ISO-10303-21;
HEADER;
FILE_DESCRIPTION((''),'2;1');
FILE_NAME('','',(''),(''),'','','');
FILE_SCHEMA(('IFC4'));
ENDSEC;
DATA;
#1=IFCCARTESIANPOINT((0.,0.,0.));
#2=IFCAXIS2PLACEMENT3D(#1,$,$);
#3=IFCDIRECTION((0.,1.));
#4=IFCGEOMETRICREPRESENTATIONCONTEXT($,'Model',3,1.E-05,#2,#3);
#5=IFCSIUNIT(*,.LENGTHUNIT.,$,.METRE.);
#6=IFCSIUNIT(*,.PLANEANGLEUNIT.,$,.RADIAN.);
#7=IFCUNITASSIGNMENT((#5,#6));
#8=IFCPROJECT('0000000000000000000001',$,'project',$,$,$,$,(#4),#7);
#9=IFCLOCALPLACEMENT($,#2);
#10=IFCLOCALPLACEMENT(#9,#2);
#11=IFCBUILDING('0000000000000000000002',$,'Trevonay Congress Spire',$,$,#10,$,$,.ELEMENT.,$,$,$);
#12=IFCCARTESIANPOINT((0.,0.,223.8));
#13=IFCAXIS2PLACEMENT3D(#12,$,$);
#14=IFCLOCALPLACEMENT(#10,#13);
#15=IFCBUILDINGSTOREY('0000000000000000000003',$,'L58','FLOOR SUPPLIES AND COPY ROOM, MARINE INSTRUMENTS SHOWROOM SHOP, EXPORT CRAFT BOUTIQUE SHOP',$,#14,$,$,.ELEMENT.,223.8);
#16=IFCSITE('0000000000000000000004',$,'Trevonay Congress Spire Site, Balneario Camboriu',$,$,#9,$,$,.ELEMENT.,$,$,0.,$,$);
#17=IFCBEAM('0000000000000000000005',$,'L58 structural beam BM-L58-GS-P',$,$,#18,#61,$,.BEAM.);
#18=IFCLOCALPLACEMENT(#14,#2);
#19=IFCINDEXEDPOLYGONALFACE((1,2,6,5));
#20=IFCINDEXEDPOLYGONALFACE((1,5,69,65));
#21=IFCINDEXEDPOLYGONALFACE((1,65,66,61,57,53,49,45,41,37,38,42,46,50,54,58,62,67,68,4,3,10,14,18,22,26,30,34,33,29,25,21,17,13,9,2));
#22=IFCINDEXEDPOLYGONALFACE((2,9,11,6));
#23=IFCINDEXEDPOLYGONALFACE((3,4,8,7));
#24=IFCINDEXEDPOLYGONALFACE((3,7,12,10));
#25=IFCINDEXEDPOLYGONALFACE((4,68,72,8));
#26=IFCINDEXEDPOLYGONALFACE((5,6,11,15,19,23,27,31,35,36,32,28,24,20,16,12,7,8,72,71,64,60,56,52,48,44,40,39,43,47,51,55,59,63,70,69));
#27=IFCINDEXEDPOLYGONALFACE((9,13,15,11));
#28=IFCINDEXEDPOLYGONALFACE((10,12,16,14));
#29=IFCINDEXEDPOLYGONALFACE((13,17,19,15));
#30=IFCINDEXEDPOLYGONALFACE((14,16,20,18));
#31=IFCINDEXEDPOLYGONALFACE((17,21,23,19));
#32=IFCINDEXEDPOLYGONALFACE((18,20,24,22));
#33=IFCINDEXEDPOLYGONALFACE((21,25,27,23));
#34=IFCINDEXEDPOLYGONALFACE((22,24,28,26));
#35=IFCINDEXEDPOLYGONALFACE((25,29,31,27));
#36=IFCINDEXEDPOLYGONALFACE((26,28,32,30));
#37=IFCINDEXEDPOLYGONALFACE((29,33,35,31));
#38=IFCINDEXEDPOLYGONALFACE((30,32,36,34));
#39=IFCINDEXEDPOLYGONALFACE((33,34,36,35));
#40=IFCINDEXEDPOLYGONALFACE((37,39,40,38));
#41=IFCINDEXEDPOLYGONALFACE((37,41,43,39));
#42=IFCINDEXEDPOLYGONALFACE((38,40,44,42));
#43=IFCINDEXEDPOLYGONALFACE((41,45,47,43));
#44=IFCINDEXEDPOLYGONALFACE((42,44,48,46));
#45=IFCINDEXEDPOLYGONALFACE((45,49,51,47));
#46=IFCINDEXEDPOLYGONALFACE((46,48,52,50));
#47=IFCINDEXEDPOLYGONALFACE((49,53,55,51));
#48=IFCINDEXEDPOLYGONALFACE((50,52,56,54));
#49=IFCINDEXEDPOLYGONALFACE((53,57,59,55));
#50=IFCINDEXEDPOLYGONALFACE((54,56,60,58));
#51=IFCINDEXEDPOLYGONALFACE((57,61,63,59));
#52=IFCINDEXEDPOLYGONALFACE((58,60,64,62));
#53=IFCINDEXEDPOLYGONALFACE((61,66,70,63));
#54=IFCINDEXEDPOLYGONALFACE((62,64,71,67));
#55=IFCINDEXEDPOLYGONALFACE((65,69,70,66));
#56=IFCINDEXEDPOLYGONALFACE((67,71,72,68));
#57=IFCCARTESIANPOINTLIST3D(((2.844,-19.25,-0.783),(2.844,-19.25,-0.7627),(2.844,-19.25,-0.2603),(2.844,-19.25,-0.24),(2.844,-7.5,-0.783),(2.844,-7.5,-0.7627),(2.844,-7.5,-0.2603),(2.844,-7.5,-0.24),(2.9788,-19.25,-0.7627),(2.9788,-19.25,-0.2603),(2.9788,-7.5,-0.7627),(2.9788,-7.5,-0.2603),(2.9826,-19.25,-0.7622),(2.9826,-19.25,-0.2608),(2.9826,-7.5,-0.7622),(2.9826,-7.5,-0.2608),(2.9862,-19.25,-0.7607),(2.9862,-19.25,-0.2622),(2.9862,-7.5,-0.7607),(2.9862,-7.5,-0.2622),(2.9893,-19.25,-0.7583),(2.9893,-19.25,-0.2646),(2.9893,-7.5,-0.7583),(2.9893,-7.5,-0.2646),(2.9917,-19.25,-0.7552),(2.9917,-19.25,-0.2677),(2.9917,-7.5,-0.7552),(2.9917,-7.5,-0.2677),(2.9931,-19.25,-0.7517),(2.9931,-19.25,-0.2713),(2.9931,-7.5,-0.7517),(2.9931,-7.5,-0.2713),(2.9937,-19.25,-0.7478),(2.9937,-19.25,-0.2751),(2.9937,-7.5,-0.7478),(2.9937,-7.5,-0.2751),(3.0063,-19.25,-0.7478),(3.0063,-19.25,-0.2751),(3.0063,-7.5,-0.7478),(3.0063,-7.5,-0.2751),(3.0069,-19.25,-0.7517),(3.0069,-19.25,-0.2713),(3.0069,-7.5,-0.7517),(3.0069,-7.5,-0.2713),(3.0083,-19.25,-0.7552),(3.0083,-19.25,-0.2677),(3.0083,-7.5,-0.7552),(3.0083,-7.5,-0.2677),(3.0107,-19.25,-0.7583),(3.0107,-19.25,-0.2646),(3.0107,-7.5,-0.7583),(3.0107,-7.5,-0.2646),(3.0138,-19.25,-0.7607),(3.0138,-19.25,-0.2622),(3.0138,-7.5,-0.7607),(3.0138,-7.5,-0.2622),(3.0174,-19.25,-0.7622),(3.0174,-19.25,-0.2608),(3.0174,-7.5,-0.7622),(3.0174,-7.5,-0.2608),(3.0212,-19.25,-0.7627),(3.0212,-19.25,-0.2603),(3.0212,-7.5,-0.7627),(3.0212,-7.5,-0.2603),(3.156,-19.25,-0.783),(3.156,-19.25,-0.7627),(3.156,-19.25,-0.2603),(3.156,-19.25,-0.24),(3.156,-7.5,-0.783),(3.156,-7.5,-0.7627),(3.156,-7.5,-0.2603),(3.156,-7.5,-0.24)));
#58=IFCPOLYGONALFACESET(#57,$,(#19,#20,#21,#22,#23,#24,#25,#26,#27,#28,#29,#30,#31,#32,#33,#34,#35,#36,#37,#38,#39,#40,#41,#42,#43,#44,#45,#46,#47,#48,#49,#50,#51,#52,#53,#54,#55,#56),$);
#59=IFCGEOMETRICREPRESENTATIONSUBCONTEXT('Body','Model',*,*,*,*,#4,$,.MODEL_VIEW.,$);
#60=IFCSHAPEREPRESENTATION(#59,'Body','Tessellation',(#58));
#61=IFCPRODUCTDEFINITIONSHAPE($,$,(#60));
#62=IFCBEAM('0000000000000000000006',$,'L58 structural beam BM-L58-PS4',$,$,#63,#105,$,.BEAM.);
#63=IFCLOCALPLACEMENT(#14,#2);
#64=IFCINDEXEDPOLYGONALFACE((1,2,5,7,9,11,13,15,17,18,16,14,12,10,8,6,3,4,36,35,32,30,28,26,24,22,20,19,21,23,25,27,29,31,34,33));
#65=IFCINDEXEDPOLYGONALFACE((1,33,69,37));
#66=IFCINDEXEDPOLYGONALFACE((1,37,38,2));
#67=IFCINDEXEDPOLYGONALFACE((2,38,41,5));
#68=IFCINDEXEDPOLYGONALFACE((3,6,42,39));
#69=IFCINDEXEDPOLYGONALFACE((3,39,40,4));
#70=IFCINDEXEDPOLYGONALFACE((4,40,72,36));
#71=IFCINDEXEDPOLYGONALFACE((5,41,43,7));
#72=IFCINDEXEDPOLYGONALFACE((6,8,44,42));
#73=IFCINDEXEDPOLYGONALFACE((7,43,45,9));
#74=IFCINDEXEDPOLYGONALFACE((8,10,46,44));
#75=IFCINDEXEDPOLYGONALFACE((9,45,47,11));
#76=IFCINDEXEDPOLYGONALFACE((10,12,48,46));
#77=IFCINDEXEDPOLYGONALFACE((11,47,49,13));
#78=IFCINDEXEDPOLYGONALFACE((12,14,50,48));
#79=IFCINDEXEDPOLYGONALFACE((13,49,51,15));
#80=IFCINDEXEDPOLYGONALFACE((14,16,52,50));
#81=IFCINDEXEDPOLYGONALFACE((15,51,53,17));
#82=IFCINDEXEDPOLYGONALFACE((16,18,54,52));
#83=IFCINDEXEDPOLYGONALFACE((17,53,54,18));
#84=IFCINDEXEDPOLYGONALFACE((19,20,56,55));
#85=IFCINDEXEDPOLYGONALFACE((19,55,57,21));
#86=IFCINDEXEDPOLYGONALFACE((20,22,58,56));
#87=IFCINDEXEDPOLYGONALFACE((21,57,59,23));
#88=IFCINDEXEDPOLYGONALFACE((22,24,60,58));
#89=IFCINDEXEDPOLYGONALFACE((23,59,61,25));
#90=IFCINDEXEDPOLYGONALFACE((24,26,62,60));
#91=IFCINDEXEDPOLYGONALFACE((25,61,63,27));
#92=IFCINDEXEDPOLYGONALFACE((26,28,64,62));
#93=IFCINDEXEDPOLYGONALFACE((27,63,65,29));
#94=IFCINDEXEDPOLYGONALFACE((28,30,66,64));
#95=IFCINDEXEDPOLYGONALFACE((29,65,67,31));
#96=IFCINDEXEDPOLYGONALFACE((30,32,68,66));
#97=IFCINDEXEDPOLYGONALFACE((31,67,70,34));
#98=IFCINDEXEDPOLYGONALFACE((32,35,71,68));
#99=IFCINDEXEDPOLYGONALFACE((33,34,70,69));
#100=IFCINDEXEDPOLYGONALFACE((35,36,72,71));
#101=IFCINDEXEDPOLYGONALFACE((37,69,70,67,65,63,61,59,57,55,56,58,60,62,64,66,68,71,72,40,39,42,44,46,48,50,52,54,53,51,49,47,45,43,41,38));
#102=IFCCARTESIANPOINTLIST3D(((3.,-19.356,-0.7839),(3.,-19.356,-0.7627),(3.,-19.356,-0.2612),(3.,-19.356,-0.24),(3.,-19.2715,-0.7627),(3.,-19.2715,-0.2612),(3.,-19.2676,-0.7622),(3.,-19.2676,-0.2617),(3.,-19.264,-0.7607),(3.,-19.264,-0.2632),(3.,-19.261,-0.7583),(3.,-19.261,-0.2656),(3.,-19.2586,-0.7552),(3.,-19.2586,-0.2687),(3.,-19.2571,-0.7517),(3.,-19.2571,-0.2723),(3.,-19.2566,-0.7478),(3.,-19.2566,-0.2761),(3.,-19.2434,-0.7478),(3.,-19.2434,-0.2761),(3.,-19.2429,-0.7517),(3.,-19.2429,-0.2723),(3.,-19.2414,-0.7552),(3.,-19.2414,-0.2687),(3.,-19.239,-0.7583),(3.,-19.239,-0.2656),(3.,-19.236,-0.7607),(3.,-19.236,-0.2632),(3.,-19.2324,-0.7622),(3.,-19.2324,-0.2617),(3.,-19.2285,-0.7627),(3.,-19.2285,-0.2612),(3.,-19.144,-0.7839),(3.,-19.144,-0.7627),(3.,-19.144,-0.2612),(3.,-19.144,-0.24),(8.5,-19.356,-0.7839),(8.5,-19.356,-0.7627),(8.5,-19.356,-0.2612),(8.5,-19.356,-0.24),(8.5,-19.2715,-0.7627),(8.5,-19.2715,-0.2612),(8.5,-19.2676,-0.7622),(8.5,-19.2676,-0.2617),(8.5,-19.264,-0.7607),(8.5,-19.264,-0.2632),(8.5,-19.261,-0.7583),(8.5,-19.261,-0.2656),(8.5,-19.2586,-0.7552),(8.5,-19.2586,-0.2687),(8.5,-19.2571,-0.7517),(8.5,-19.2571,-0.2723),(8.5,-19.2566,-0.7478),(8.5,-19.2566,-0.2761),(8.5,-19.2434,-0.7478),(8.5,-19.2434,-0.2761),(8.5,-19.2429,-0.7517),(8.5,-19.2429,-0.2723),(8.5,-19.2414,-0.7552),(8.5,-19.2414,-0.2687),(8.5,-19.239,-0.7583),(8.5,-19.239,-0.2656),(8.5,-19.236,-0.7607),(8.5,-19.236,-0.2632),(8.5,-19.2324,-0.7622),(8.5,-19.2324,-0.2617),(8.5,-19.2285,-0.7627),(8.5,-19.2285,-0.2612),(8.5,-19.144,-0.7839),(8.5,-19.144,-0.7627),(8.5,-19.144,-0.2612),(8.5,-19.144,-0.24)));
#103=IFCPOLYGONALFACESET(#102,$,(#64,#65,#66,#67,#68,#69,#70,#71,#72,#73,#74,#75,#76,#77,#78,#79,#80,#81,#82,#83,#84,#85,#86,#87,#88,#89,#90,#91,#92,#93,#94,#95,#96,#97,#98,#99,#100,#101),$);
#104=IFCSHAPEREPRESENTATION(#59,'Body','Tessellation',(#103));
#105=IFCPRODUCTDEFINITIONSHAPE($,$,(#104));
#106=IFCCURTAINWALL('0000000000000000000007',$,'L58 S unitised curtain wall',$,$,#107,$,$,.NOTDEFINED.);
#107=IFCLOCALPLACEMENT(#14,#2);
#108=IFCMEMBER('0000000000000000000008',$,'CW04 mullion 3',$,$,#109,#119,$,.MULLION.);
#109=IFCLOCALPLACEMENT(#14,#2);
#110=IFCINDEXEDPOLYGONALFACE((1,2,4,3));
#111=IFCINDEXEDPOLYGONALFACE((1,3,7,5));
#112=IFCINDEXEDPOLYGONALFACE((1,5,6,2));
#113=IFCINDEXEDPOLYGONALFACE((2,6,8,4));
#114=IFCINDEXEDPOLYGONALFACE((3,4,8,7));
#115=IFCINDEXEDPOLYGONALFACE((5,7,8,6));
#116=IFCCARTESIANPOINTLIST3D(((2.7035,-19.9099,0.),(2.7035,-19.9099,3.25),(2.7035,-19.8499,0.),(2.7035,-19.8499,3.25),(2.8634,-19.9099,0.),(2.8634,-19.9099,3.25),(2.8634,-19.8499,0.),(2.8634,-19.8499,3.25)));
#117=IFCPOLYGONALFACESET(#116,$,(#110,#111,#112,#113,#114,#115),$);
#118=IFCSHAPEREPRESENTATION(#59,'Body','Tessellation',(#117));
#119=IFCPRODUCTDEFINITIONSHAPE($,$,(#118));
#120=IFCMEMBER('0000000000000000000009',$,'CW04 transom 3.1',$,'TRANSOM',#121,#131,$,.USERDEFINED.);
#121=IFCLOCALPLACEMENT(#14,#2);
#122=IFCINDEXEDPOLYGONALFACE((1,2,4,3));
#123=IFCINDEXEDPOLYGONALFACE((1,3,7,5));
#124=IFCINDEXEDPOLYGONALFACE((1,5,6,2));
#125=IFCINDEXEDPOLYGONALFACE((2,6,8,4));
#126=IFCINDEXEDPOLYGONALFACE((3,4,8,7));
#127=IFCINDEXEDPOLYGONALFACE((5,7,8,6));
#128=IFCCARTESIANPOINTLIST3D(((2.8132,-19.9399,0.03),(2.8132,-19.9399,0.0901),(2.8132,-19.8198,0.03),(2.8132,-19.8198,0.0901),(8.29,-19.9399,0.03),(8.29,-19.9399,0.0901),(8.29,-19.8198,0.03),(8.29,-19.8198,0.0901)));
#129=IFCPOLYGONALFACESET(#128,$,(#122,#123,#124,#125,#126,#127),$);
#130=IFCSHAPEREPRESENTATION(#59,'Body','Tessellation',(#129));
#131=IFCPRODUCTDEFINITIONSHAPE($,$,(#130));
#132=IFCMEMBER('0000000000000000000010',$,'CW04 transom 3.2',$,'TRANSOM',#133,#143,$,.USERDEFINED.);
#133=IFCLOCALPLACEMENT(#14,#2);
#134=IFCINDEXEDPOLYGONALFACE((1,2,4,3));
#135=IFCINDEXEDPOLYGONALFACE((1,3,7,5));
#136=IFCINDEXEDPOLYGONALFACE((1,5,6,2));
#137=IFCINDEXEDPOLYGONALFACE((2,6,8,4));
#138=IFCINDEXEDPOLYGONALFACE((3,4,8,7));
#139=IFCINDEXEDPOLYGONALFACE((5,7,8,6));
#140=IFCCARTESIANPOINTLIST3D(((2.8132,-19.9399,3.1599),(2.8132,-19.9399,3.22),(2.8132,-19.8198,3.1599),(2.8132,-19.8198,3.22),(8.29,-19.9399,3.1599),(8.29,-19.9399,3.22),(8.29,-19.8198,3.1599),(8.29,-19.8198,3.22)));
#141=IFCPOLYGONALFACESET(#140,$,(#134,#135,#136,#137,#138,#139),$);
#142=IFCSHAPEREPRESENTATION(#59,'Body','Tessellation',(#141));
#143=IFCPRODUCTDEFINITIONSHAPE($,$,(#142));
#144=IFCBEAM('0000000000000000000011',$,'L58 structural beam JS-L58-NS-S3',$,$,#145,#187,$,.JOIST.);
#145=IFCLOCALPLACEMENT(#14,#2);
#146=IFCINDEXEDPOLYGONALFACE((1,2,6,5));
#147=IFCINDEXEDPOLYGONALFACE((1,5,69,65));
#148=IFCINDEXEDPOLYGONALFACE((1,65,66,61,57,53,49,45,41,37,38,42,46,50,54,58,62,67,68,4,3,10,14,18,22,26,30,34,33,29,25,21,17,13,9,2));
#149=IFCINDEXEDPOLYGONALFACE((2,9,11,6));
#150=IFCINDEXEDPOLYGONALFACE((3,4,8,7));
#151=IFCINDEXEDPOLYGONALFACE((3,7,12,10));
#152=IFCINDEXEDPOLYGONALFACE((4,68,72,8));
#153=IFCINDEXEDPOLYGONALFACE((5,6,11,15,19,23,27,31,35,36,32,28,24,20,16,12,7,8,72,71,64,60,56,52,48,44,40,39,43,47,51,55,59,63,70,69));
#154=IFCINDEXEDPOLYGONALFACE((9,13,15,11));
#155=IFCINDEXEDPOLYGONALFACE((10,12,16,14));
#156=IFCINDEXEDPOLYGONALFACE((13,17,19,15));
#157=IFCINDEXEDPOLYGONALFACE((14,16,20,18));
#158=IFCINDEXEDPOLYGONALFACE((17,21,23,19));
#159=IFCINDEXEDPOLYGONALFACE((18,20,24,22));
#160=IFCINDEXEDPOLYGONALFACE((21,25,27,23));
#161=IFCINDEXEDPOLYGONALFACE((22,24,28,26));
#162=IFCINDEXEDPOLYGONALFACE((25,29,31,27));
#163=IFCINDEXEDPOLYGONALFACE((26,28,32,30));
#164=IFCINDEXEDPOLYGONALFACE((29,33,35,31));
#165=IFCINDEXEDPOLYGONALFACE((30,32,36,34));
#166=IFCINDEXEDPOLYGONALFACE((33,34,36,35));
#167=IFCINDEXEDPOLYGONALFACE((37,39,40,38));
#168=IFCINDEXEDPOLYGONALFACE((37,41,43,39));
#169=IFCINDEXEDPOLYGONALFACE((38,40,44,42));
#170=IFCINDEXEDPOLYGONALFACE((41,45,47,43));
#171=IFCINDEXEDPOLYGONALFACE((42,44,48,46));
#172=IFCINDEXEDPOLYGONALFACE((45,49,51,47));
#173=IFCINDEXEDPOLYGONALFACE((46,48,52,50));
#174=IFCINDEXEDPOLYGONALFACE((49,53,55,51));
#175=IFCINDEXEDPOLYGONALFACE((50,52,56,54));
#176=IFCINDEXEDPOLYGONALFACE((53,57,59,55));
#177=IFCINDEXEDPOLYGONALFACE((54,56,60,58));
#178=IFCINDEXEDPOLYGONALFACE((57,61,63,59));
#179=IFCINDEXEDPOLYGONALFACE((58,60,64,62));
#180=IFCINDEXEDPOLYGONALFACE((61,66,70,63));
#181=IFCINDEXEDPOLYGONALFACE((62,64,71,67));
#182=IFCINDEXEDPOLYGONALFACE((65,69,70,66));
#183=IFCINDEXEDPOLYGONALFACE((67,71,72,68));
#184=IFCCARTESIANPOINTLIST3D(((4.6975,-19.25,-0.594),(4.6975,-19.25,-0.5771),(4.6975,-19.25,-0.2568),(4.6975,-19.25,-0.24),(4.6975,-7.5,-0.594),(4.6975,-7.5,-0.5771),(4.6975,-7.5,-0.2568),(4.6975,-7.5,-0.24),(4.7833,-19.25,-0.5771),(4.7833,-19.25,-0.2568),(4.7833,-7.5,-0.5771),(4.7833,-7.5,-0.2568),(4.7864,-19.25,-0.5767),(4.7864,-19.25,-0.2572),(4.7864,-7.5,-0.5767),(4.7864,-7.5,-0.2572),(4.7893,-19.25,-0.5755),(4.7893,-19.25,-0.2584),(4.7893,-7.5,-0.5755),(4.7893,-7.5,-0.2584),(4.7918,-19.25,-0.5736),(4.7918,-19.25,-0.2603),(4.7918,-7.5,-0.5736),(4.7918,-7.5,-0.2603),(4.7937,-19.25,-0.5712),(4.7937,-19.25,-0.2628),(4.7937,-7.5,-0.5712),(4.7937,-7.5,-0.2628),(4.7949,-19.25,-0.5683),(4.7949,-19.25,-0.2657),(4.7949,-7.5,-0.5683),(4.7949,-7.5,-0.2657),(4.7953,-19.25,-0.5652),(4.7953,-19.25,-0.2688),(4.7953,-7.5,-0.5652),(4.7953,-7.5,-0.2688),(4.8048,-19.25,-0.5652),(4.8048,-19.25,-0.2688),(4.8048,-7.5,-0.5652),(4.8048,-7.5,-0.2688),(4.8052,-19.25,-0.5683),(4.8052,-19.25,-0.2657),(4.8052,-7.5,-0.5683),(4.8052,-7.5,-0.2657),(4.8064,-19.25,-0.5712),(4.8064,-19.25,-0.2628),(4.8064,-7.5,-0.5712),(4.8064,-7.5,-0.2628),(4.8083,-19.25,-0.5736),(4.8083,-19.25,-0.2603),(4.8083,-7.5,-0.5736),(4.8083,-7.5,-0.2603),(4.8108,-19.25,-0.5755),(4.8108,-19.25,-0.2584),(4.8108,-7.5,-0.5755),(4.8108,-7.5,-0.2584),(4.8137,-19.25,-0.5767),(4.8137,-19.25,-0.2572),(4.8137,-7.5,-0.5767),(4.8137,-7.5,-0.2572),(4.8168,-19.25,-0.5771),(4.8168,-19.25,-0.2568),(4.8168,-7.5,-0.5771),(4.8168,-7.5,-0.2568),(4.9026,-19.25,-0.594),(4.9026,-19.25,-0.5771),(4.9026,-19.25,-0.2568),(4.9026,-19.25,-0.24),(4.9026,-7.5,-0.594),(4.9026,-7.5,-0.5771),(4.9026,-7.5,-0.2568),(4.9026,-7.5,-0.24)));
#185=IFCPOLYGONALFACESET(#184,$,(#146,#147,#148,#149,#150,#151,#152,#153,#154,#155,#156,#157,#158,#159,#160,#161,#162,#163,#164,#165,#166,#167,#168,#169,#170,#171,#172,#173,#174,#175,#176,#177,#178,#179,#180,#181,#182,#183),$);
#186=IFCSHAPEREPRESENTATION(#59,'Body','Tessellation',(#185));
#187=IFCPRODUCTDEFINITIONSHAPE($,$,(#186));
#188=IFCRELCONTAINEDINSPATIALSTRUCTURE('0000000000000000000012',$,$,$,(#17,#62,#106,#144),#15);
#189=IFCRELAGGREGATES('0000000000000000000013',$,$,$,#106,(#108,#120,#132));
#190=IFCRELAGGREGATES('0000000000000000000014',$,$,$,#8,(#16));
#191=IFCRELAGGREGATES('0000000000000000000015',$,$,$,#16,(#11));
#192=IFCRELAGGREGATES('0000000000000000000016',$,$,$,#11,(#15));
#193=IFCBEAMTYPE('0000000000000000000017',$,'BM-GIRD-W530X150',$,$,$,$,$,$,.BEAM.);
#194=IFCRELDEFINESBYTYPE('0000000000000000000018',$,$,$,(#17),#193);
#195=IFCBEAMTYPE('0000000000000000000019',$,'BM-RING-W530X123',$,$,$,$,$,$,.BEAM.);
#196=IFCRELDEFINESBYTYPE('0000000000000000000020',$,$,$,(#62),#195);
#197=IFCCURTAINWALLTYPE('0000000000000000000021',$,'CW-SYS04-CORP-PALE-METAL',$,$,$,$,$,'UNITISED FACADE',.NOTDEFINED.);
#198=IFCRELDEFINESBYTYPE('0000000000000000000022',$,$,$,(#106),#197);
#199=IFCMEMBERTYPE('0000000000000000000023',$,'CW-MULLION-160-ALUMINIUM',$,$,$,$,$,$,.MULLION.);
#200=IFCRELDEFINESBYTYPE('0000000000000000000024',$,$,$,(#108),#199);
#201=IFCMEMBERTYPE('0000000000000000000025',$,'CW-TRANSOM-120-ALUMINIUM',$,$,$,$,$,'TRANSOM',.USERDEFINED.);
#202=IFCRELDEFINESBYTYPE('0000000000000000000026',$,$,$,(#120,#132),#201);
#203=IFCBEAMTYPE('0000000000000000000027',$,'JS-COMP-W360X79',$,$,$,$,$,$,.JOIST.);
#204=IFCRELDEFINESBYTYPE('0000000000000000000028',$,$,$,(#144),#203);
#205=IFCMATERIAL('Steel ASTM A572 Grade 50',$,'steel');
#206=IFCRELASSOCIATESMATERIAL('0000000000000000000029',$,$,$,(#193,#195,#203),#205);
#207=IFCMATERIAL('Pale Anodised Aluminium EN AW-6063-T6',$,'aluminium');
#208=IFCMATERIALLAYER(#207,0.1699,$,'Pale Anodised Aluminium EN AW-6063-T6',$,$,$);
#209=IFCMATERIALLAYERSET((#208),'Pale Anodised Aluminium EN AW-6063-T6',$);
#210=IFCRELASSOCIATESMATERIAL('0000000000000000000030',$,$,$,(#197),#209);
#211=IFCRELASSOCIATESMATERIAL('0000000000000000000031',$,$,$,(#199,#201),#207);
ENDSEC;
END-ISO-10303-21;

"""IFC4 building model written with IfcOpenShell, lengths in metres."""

from ifc_helpers import new_model, si_unit, direction, frame, origin, origin_2d, place, context, subcontext, project, spatial, rectangle, i_section, extrude, material, layer, layer_set, material_profile, profile_set, type_object, element, aggregate, save


model = new_model("IFC4")

# Units and contexts
model_context = context("Model", 3, precision=1e-05, world=origin(), true_north=direction((0.0, 1.0)))
body_context = subcontext(model_context, "Body", "Model", "MODEL_VIEW")
ifc_project = project(units=[si_unit("LENGTHUNIT", "METRE"), si_unit("PLANEANGLEUNIT", "RADIAN")], contexts=[model_context])

# Site, building, storey
site_placement = place(None, origin())
site = spatial("IfcSite", under=ifc_project, at=site_placement, Name="Trevonay Congress Spire Site, Balneario Camboriu", CompositionType="ELEMENT", RefElevation=0.0)
building_placement = place(site_placement, origin())
building = spatial("IfcBuilding", under=site, at=building_placement, Name="Trevonay Congress Spire", CompositionType="ELEMENT")
storey_placement = place(building_placement, frame((0.0, 0.0, 223.8)))
storey = spatial("IfcBuildingStorey", under=building, at=storey_placement, Name="L58", Description="FLOOR SUPPLIES AND COPY ROOM, MARINE INSTRUMENTS SHOWROOM SHOP, EXPORT CRAFT BOUTIQUE SHOP", CompositionType="ELEMENT", Elevation=223.8)

# Shared definitions
ifc_material_1 = material(Name="Steel ASTM A572 Grade 50", Category="steel")

# Beams
ifc_material_profile_1 = material_profile(ifc_material_1, i_section(OverallWidth=0.312, OverallDepth=0.543, WebThickness=0.0127, FlangeThickness=0.0203, FilletRadius=0.0149, at=origin_2d()), Name="W530x150")
ifc_profile_set_1 = profile_set([ifc_material_profile_1], Name="Steel ASTM A572 Grade 50")
beam_type_1 = type_object("IfcBeamType", Name="BM-GIRD-W530X150", PredefinedType="BEAM", material=ifc_profile_set_1)
beam_1_placement = place(storey_placement, frame((3.0, -7.5, -0.5115), z_axis=(0.0, -1.0, 0.0), x_axis=(1.0, 0.0, 0.0)))
element("IfcBeam", 1, at=beam_1_placement, inside=storey, type_object=beam_type_1, Name="L58 structural beam BM-L58-GS-P", PredefinedType="BEAM", context=body_context, shape_type="SweptSolid", body=[
    extrude(i_section(OverallWidth=0.312, OverallDepth=0.543, WebThickness=0.0127, FlangeThickness=0.0203, FilletRadius=0.0149, at=origin_2d()), origin(), (0.0, 0.0, 1.0), 11.75),
])
ifc_material_profile_2 = material_profile(ifc_material_1, i_section(OverallWidth=0.2119, OverallDepth=0.5439, WebThickness=0.0132, FlangeThickness=0.0212, FilletRadius=0.0149, at=origin_2d()), Name="W530x123")
ifc_profile_set_2 = profile_set([ifc_material_profile_2], Name="Steel ASTM A572 Grade 50")
beam_type_2 = type_object("IfcBeamType", Name="BM-RING-W530X123", PredefinedType="BEAM", material=ifc_profile_set_2)
beam_2_placement = place(storey_placement, frame((3.0, -19.25, -0.512), z_axis=(1.0, 0.0, 0.0), x_axis=(0.0, 1.0, 0.0)))
element("IfcBeam", 2, at=beam_2_placement, inside=storey, type_object=beam_type_2, Name="L58 structural beam BM-L58-PS4", PredefinedType="BEAM", context=body_context, shape_type="SweptSolid", body=[
    extrude(i_section(OverallWidth=0.2119, OverallDepth=0.5439, WebThickness=0.0132, FlangeThickness=0.0212, FilletRadius=0.0149, at=origin_2d()), origin(), (0.0, 0.0, 1.0), 5.5),
])

# Curtain wall, members
ifc_material_2 = material(Name="Pale Anodised Aluminium EN AW-6063-T6", Category="aluminium")
ifc_layer_1 = layer(ifc_material_2, 0.1699, Name="Pale Anodised Aluminium EN AW-6063-T6")
ifc_layer_set_1 = layer_set([ifc_layer_1], Name="Pale Anodised Aluminium EN AW-6063-T6")
curtain_wall_type = type_object("IfcCurtainWallType", Name="CW-SYS04-CORP-PALE-METAL", ElementType="UNITISED FACADE", PredefinedType="NOTDEFINED", material=ifc_layer_set_1)
curtain_wall_placement = place(storey_placement, origin())
curtain_wall = element("IfcCurtainWall", 3, at=curtain_wall_placement, inside=storey, type_object=curtain_wall_type, Name="L58 S unitised curtain wall", PredefinedType="NOTDEFINED")
ifc_material_profile_3 = material_profile(ifc_material_2, rectangle(XDim=0.0601, YDim=0.1599, at=origin_2d()), Name="CW-MULLION-160-ALUMINIUM")
ifc_profile_set_3 = profile_set([ifc_material_profile_3], Name="Pale Anodised Aluminium EN AW-6063-T6")
member_type_1 = type_object("IfcMemberType", Name="CW-MULLION-160-ALUMINIUM", PredefinedType="MULLION", material=ifc_profile_set_3)
member_1_placement = place(storey_placement, frame((2.7834, -19.8799, 0.0), z_axis=(0.0, 0.0, 1.0), x_axis=(0.0, 1.0, 0.0)))
member_1 = element("IfcMember", 4, at=member_1_placement, type_object=member_type_1, Name="CW04 mullion 3", PredefinedType="MULLION", context=body_context, shape_type="SweptSolid", body=[
    extrude(rectangle(XDim=0.0601, YDim=0.1599, at=origin_2d()), origin(), (0.0, 0.0, 1.0), 3.25),
])
ifc_material_profile_4 = material_profile(ifc_material_2, rectangle(XDim=0.1201, YDim=0.0601, at=origin_2d()), Name="CW-TRANSOM-120-ALUMINIUM")
ifc_profile_set_4 = profile_set([ifc_material_profile_4], Name="Pale Anodised Aluminium EN AW-6063-T6")
member_type_2 = type_object("IfcMemberType", Name="CW-TRANSOM-120-ALUMINIUM", ElementType="TRANSOM", PredefinedType="USERDEFINED", material=ifc_profile_set_4)
member_2_placement = place(storey_placement, frame((2.8132, -19.8799, 0.0601), z_axis=(1.0, 0.0, 0.0), x_axis=(0.0, 1.0, 0.0)))
member_2 = element("IfcMember", 5, at=member_2_placement, type_object=member_type_2, Name="CW04 transom 3.1", ObjectType="TRANSOM", PredefinedType="USERDEFINED", context=body_context, shape_type="SweptSolid", body=[
    extrude(rectangle(XDim=0.1201, YDim=0.0601, at=origin_2d()), origin(), (0.0, 0.0, 1.0), 5.4768),
])
member_3_placement = place(storey_placement, frame((2.8132, -19.8799, 3.1899), z_axis=(1.0, 0.0, 0.0), x_axis=(0.0, 1.0, 0.0)))
member_3 = element("IfcMember", 6, at=member_3_placement, type_object=member_type_2, Name="CW04 transom 3.2", ObjectType="TRANSOM", PredefinedType="USERDEFINED", context=body_context, shape_type="SweptSolid", body=[
    extrude(rectangle(XDim=0.1201, YDim=0.0601, at=origin_2d()), origin(), (0.0, 0.0, 1.0), 5.4768),
])

# Beam
ifc_material_profile_5 = material_profile(ifc_material_1, i_section(OverallWidth=0.2051, OverallDepth=0.354, WebThickness=0.0095, FlangeThickness=0.0168, FilletRadius=0.012, at=origin_2d()), Name="W360x79")
ifc_profile_set_5 = profile_set([ifc_material_profile_5], Name="Steel ASTM A572 Grade 50")
beam_type_3 = type_object("IfcBeamType", Name="JS-COMP-W360X79", PredefinedType="JOIST", material=ifc_profile_set_5)
beam_3_placement = place(storey_placement, frame((4.8, -19.25, -0.417), z_axis=(0.0, 1.0, 0.0), x_axis=(-1.0, 0.0, 0.0)))
element("IfcBeam", 7, at=beam_3_placement, inside=storey, type_object=beam_type_3, Name="L58 structural beam JS-L58-NS-S3", PredefinedType="JOIST", context=body_context, shape_type="SweptSolid", body=[
    extrude(i_section(OverallWidth=0.2051, OverallDepth=0.354, WebThickness=0.0095, FlangeThickness=0.0168, FilletRadius=0.012, at=origin_2d()), origin(), (0.0, 0.0, 1.0), 11.75),
])

aggregate(curtain_wall, [member_1, member_2, member_3])

save(model, "model.ifc")
